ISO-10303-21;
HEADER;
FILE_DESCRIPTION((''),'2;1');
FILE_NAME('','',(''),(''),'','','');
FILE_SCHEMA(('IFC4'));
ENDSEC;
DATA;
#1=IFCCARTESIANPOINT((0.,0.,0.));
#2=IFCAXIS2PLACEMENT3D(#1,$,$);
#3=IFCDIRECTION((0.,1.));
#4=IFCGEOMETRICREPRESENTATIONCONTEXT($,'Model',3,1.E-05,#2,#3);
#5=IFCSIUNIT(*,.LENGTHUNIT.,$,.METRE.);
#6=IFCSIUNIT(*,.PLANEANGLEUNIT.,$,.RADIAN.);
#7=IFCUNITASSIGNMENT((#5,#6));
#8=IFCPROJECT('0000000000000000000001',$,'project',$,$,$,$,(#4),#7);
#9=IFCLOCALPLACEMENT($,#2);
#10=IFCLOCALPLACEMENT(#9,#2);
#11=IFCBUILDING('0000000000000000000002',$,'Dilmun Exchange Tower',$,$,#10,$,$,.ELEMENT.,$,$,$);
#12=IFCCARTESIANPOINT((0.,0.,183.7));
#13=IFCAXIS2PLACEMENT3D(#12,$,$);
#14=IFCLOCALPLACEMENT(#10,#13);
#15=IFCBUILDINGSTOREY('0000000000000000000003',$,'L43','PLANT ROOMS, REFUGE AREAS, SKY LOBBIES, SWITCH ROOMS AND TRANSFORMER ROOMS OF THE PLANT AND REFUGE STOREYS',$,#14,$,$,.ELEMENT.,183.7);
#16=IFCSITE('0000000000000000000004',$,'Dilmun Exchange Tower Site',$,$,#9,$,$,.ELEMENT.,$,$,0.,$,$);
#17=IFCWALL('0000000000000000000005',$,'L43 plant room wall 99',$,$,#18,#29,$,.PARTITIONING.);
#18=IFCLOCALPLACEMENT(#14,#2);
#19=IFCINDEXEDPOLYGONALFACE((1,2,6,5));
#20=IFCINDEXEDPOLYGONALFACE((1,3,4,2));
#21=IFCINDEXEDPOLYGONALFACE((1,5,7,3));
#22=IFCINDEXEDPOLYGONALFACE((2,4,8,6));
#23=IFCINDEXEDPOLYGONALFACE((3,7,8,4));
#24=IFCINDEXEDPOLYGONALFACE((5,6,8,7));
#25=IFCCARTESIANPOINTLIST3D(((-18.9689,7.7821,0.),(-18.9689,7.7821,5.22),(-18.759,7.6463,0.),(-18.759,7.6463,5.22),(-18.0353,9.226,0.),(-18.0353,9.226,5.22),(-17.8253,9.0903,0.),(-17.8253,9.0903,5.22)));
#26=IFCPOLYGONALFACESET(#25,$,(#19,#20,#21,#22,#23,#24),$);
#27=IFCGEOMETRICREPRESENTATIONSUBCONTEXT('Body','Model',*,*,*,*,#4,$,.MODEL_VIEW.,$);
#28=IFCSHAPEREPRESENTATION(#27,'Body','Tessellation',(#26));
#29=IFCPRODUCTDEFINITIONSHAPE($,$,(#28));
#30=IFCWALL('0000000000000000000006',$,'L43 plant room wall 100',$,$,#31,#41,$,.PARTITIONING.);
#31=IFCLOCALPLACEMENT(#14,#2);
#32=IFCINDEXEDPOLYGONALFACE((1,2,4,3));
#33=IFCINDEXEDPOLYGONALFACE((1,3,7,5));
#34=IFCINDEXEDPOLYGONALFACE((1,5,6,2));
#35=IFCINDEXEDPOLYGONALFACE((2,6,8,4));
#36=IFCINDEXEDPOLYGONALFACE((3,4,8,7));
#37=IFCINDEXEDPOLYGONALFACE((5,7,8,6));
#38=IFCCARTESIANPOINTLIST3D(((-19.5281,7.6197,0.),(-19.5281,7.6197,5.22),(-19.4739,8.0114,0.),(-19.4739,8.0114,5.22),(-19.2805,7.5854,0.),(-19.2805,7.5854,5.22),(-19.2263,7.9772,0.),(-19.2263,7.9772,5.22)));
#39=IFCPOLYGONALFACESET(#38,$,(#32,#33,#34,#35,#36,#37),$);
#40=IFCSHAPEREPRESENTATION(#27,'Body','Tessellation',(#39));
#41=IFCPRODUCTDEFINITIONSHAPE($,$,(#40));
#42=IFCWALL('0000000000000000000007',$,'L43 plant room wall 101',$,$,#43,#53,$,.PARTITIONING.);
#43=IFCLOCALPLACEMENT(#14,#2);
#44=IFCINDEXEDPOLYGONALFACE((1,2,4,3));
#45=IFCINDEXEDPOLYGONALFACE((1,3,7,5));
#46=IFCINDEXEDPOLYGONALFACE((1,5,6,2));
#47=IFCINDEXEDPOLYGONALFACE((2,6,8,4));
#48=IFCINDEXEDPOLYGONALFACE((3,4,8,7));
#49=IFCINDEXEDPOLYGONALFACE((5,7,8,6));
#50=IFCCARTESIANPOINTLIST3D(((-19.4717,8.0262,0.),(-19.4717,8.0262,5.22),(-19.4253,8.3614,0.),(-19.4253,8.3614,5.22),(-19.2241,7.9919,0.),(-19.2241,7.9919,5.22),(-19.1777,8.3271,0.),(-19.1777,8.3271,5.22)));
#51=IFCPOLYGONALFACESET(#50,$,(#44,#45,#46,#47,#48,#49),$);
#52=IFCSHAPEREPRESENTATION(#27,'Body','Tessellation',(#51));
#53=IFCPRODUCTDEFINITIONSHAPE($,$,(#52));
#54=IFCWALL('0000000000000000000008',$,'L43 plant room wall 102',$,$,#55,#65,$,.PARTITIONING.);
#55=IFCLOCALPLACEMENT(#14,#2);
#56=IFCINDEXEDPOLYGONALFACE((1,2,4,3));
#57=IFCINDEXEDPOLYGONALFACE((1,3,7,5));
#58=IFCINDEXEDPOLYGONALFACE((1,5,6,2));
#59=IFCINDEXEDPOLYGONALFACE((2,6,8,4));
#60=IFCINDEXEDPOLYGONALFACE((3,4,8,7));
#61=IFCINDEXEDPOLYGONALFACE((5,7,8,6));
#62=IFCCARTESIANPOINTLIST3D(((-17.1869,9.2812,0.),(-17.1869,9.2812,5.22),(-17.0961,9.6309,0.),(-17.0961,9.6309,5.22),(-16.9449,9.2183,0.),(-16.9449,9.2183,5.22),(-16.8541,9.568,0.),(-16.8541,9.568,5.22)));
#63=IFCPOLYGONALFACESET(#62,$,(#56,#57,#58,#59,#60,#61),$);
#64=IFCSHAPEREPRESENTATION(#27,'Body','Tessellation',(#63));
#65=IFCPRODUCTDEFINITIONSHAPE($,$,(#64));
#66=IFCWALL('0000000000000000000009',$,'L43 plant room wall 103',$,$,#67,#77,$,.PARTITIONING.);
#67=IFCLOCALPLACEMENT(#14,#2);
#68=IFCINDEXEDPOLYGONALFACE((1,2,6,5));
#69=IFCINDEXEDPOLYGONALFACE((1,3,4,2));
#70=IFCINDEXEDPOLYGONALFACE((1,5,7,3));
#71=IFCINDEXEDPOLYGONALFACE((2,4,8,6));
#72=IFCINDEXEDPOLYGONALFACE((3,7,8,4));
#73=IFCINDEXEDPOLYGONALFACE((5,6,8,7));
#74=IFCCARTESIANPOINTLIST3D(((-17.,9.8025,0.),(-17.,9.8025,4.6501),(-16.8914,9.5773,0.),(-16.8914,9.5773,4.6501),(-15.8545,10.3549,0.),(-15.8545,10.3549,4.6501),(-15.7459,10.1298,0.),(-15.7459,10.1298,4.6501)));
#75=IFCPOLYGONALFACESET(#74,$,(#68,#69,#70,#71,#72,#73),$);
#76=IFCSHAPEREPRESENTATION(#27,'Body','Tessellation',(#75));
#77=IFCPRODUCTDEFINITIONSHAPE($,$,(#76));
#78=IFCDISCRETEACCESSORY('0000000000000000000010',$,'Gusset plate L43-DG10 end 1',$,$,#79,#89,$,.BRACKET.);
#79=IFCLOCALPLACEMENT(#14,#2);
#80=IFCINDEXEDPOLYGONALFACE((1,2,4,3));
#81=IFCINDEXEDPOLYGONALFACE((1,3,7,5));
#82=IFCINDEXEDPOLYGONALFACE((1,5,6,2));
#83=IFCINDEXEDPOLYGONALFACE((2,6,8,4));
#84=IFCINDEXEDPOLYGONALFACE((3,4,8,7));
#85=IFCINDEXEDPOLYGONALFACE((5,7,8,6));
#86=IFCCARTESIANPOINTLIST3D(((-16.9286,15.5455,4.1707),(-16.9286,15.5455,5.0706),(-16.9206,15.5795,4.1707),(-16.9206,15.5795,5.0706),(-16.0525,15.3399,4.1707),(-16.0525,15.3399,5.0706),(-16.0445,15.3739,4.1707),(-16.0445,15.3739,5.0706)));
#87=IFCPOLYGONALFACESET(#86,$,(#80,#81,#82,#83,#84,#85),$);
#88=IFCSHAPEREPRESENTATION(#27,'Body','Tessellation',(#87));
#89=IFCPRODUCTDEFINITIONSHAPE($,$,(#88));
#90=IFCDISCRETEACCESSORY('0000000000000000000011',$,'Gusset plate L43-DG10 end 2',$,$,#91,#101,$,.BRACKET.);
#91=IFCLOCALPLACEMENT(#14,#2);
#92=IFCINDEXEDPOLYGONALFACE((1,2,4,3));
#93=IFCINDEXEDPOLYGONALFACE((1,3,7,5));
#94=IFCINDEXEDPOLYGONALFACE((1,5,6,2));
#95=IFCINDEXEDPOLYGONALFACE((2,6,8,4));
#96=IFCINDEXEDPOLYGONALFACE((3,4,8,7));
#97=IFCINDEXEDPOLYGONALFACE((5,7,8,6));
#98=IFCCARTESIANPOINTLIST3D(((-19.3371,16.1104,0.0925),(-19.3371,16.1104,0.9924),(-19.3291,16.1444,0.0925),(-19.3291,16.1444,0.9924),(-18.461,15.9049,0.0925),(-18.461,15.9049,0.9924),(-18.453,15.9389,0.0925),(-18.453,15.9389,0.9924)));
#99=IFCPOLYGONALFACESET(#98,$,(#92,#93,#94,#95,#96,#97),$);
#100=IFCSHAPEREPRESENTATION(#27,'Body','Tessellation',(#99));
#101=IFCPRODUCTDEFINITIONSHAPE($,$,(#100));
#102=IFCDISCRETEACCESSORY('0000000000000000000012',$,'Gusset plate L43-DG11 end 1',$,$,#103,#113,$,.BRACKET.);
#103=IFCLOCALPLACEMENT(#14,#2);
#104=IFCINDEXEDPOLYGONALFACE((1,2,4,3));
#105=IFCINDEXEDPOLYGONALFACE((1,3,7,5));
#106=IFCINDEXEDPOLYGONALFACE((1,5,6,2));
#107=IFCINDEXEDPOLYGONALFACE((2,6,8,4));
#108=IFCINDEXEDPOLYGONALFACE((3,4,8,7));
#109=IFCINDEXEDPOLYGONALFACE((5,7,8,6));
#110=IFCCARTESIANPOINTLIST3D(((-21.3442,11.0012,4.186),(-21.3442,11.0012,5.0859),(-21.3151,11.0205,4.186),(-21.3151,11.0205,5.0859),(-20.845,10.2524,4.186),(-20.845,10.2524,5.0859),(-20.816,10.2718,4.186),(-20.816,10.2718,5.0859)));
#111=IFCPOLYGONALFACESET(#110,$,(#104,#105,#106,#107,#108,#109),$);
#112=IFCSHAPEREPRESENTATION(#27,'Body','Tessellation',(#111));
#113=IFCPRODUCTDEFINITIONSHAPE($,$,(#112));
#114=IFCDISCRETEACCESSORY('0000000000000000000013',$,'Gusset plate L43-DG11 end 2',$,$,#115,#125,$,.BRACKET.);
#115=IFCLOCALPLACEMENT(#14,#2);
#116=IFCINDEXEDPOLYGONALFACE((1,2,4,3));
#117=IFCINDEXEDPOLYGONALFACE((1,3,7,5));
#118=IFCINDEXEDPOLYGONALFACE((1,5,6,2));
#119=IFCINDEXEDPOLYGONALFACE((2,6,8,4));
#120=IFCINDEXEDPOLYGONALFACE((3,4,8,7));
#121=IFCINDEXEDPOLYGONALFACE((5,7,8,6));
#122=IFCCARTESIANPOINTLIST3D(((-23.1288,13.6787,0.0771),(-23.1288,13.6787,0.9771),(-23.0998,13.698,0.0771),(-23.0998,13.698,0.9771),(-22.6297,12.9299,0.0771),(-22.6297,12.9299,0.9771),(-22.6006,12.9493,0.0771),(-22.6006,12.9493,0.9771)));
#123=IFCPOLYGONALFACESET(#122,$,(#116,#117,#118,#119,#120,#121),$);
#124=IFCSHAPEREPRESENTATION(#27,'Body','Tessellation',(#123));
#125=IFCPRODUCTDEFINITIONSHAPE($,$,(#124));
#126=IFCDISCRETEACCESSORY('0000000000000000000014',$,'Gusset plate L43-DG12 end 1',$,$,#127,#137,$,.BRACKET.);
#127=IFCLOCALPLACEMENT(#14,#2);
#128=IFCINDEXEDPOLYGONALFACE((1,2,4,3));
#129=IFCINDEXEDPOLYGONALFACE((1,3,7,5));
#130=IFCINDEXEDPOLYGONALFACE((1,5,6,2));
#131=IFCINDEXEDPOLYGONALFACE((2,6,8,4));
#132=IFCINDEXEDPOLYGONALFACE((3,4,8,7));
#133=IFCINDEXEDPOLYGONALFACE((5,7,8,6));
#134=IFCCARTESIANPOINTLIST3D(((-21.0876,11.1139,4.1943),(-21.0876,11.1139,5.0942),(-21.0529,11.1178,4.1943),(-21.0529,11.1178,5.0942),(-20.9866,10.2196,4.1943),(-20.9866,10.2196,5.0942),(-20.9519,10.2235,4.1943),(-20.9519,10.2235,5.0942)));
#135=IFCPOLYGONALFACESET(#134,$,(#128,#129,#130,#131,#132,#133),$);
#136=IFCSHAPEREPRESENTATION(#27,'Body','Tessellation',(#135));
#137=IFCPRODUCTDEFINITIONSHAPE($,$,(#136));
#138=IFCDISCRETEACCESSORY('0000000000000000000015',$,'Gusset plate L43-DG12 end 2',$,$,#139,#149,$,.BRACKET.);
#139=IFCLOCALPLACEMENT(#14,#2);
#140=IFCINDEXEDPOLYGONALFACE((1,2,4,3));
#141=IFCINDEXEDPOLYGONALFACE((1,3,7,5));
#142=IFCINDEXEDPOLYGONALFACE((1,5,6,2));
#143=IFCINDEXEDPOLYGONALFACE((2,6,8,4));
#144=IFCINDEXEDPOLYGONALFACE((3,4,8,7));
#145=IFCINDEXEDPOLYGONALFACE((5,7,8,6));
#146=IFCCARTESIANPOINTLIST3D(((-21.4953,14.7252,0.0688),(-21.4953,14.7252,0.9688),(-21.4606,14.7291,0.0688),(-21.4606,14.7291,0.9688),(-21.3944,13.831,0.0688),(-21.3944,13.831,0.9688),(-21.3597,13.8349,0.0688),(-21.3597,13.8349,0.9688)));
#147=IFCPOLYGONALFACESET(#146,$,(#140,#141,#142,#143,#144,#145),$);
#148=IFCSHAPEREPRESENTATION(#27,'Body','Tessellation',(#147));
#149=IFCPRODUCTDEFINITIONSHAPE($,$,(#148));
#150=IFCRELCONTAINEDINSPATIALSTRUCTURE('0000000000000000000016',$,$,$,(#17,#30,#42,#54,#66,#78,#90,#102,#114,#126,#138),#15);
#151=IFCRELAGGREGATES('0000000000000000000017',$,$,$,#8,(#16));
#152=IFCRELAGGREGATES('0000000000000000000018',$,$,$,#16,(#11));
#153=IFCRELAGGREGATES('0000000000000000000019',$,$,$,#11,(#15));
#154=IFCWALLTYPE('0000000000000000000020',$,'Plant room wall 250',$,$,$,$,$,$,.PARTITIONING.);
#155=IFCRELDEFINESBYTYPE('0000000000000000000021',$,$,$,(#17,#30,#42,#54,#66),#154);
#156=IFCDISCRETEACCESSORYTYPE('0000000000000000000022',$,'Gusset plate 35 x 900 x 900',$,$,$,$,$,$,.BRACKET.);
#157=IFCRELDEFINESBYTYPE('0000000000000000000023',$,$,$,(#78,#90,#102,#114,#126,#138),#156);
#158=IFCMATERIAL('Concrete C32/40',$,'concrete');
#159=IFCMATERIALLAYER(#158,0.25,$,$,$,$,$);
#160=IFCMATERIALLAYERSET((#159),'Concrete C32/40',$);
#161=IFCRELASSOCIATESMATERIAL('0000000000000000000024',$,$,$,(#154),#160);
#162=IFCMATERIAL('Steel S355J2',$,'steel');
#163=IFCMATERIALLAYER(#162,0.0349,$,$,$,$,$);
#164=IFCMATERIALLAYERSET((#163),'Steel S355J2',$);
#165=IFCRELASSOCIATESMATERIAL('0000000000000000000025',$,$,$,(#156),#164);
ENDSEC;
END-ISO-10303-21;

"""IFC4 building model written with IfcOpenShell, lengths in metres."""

from ifc_helpers import new_model, si_unit, direction, frame, frame_2d, origin, origin_2d, place, context, subcontext, project, spatial, rectangle, extrude, material, layer, layer_set, type_object, element, save


model = new_model("IFC4")

# Units and contexts
model_context = context("Model", 3, precision=1e-05, world=origin(), true_north=direction((0.0, 1.0)))
body_context = subcontext(model_context, "Body", "Model", "MODEL_VIEW")
ifc_project = project(units=[si_unit("LENGTHUNIT", "METRE"), si_unit("PLANEANGLEUNIT", "RADIAN")], contexts=[model_context])

# Site, building, storey
site_placement = place(None, origin())
site = spatial("IfcSite", under=ifc_project, at=site_placement, Name="Dilmun Exchange Tower Site", CompositionType="ELEMENT", RefElevation=0.0)
building_placement = place(site_placement, origin())
building = spatial("IfcBuilding", under=site, at=building_placement, Name="Dilmun Exchange Tower", CompositionType="ELEMENT")
storey_placement = place(building_placement, frame((0.0, 0.0, 183.7)))
storey = spatial("IfcBuildingStorey", under=building, at=storey_placement, Name="L43", Description="PLANT ROOMS, REFUGE AREAS, SKY LOBBIES, SWITCH ROOMS AND TRANSFORMER ROOMS OF THE PLANT AND REFUGE STOREYS", CompositionType="ELEMENT", Elevation=183.7)

# Walls
ifc_material_1 = material(Name="Concrete C32/40", Category="concrete")
ifc_layer_1 = layer(ifc_material_1, 0.25)
ifc_layer_set_1 = layer_set([ifc_layer_1], Name="Concrete C32/40")
wall_type = type_object("IfcWallType", Name="Plant room wall 250", PredefinedType="PARTITIONING", material=ifc_layer_set_1)
wall_1_placement = place(storey_placement, frame((-18.864, 7.7141, 0.0), z_axis=(0.0, 0.0, 1.0), x_axis=(0.54298, 0.839745, 0.0)))
element("IfcWall", 1, at=wall_1_placement, inside=storey, type_object=wall_type, Name="L43 plant room wall 99", PredefinedType="PARTITIONING", context=body_context, shape_type="SweptSolid", body=[
    extrude(rectangle(XDim=1.7195, YDim=0.25, at=frame_2d((0.8599, 0.0))), origin(), (0.0, 0.0, 1.0), 5.22),
])
wall_2_placement = place(storey_placement, frame((-19.4043, 7.6025, 0.0), z_axis=(0.0, 0.0, 1.0), x_axis=(0.137013, 0.990569, 0.0)))
element("IfcWall", 2, at=wall_2_placement, inside=storey, type_object=wall_type, Name="L43 plant room wall 100", PredefinedType="PARTITIONING", context=body_context, shape_type="SweptSolid", body=[
    extrude(rectangle(XDim=0.3955, YDim=0.25, at=frame_2d((0.1978, 0.0))), origin(), (0.0, 0.0, 1.0), 5.22),
])
wall_3_placement = place(storey_placement, frame((-19.3479, 8.009, 0.0), z_axis=(0.0, 0.0, 1.0), x_axis=(0.137077, 0.99056, 0.0)))
element("IfcWall", 3, at=wall_3_placement, inside=storey, type_object=wall_type, Name="L43 plant room wall 101", PredefinedType="PARTITIONING", context=body_context, shape_type="SweptSolid", body=[
    extrude(rectangle(XDim=0.3384, YDim=0.25, at=frame_2d((0.1692, 0.0))), origin(), (0.0, 0.0, 1.0), 5.22),
])
wall_4_placement = place(storey_placement, frame((-17.0659, 9.2498, 0.0), z_axis=(0.0, 0.0, 1.0), x_axis=(0.251431, 0.967875, 0.0)))
element("IfcWall", 4, at=wall_4_placement, inside=storey, type_object=wall_type, Name="L43 plant room wall 102", PredefinedType="PARTITIONING", context=body_context, shape_type="SweptSolid", body=[
    extrude(rectangle(XDim=0.3613, YDim=0.25, at=frame_2d((0.1807, 0.0))), origin(), (0.0, 0.0, 1.0), 5.22),
])
wall_5_placement = place(storey_placement, frame((-16.9456, 9.6899, 0.0), z_axis=(0.0, 0.0, 1.0), x_axis=(0.90071, 0.434422, 0.0)))
element("IfcWall", 5, at=wall_5_placement, inside=storey, type_object=wall_type, Name="L43 plant room wall 103", PredefinedType="PARTITIONING", context=body_context, shape_type="SweptSolid", body=[
    extrude(rectangle(XDim=1.2717, YDim=0.25, at=frame_2d((0.6357, 0.0))), origin(), (0.0, 0.0, 1.0), 4.6501),
])

# Discrete accessories
ifc_material_2 = material(Name="Steel S355J2", Category="steel")
ifc_layer_2 = layer(ifc_material_2, 0.0349)
ifc_layer_set_2 = layer_set([ifc_layer_2], Name="Steel S355J2")
discrete_accessory_type = type_object("IfcDiscreteAccessoryType", Name="Gusset plate 35 x 900 x 900", PredefinedType="BRACKET", material=ifc_layer_set_2)
for number, where, z_axis, x_axis, name in (
    (6, (-16.4866, 15.4597, 4.1707), (0.0, 0.0, 1.0), (-0.973561, 0.228429, 0.0), "Gusset plate L43-DG10 end 1"),
    (7, (-18.895, 16.0247, 0.0925), (0.0, 0.0, 1.0), (-0.973561, 0.228429, 0.0), "Gusset plate L43-DG10 end 2"),
    (8, (-21.0801, 10.6365, 4.186), (0.0, 0.0, 1.0), (-0.554673, 0.832068, 0.0), "Gusset plate L43-DG11 end 1"),
    (9, (-22.8647, 13.314, 0.0771), (0.0, 0.0, 1.0), (-0.554673, 0.832068, 0.0), "Gusset plate L43-DG11 end 2"),
    (10, (-21.0198, 10.6687, 4.1943), (0.0, 0.0, 1.0), (-0.112192, 0.993687, 0.0), "Gusset plate L43-DG12 end 1"),
    (11, (-21.4275, 14.28, 0.0688), (0.0, 0.0, 1.0), (-0.112192, 0.993687, 0.0), "Gusset plate L43-DG12 end 2"),
):
    element("IfcDiscreteAccessory", number, at=place(storey_placement, frame(where, z_axis=z_axis, x_axis=x_axis)), inside=storey, type_object=discrete_accessory_type, Name=name, PredefinedType="BRACKET", context=body_context, shape_type="SweptSolid", body=[
        extrude(rectangle(XDim=0.8999, YDim=0.0349, at=origin_2d()), origin(), (0.0, 0.0, 1.0), 0.8999),
    ])

save(model, "model.ifc")
